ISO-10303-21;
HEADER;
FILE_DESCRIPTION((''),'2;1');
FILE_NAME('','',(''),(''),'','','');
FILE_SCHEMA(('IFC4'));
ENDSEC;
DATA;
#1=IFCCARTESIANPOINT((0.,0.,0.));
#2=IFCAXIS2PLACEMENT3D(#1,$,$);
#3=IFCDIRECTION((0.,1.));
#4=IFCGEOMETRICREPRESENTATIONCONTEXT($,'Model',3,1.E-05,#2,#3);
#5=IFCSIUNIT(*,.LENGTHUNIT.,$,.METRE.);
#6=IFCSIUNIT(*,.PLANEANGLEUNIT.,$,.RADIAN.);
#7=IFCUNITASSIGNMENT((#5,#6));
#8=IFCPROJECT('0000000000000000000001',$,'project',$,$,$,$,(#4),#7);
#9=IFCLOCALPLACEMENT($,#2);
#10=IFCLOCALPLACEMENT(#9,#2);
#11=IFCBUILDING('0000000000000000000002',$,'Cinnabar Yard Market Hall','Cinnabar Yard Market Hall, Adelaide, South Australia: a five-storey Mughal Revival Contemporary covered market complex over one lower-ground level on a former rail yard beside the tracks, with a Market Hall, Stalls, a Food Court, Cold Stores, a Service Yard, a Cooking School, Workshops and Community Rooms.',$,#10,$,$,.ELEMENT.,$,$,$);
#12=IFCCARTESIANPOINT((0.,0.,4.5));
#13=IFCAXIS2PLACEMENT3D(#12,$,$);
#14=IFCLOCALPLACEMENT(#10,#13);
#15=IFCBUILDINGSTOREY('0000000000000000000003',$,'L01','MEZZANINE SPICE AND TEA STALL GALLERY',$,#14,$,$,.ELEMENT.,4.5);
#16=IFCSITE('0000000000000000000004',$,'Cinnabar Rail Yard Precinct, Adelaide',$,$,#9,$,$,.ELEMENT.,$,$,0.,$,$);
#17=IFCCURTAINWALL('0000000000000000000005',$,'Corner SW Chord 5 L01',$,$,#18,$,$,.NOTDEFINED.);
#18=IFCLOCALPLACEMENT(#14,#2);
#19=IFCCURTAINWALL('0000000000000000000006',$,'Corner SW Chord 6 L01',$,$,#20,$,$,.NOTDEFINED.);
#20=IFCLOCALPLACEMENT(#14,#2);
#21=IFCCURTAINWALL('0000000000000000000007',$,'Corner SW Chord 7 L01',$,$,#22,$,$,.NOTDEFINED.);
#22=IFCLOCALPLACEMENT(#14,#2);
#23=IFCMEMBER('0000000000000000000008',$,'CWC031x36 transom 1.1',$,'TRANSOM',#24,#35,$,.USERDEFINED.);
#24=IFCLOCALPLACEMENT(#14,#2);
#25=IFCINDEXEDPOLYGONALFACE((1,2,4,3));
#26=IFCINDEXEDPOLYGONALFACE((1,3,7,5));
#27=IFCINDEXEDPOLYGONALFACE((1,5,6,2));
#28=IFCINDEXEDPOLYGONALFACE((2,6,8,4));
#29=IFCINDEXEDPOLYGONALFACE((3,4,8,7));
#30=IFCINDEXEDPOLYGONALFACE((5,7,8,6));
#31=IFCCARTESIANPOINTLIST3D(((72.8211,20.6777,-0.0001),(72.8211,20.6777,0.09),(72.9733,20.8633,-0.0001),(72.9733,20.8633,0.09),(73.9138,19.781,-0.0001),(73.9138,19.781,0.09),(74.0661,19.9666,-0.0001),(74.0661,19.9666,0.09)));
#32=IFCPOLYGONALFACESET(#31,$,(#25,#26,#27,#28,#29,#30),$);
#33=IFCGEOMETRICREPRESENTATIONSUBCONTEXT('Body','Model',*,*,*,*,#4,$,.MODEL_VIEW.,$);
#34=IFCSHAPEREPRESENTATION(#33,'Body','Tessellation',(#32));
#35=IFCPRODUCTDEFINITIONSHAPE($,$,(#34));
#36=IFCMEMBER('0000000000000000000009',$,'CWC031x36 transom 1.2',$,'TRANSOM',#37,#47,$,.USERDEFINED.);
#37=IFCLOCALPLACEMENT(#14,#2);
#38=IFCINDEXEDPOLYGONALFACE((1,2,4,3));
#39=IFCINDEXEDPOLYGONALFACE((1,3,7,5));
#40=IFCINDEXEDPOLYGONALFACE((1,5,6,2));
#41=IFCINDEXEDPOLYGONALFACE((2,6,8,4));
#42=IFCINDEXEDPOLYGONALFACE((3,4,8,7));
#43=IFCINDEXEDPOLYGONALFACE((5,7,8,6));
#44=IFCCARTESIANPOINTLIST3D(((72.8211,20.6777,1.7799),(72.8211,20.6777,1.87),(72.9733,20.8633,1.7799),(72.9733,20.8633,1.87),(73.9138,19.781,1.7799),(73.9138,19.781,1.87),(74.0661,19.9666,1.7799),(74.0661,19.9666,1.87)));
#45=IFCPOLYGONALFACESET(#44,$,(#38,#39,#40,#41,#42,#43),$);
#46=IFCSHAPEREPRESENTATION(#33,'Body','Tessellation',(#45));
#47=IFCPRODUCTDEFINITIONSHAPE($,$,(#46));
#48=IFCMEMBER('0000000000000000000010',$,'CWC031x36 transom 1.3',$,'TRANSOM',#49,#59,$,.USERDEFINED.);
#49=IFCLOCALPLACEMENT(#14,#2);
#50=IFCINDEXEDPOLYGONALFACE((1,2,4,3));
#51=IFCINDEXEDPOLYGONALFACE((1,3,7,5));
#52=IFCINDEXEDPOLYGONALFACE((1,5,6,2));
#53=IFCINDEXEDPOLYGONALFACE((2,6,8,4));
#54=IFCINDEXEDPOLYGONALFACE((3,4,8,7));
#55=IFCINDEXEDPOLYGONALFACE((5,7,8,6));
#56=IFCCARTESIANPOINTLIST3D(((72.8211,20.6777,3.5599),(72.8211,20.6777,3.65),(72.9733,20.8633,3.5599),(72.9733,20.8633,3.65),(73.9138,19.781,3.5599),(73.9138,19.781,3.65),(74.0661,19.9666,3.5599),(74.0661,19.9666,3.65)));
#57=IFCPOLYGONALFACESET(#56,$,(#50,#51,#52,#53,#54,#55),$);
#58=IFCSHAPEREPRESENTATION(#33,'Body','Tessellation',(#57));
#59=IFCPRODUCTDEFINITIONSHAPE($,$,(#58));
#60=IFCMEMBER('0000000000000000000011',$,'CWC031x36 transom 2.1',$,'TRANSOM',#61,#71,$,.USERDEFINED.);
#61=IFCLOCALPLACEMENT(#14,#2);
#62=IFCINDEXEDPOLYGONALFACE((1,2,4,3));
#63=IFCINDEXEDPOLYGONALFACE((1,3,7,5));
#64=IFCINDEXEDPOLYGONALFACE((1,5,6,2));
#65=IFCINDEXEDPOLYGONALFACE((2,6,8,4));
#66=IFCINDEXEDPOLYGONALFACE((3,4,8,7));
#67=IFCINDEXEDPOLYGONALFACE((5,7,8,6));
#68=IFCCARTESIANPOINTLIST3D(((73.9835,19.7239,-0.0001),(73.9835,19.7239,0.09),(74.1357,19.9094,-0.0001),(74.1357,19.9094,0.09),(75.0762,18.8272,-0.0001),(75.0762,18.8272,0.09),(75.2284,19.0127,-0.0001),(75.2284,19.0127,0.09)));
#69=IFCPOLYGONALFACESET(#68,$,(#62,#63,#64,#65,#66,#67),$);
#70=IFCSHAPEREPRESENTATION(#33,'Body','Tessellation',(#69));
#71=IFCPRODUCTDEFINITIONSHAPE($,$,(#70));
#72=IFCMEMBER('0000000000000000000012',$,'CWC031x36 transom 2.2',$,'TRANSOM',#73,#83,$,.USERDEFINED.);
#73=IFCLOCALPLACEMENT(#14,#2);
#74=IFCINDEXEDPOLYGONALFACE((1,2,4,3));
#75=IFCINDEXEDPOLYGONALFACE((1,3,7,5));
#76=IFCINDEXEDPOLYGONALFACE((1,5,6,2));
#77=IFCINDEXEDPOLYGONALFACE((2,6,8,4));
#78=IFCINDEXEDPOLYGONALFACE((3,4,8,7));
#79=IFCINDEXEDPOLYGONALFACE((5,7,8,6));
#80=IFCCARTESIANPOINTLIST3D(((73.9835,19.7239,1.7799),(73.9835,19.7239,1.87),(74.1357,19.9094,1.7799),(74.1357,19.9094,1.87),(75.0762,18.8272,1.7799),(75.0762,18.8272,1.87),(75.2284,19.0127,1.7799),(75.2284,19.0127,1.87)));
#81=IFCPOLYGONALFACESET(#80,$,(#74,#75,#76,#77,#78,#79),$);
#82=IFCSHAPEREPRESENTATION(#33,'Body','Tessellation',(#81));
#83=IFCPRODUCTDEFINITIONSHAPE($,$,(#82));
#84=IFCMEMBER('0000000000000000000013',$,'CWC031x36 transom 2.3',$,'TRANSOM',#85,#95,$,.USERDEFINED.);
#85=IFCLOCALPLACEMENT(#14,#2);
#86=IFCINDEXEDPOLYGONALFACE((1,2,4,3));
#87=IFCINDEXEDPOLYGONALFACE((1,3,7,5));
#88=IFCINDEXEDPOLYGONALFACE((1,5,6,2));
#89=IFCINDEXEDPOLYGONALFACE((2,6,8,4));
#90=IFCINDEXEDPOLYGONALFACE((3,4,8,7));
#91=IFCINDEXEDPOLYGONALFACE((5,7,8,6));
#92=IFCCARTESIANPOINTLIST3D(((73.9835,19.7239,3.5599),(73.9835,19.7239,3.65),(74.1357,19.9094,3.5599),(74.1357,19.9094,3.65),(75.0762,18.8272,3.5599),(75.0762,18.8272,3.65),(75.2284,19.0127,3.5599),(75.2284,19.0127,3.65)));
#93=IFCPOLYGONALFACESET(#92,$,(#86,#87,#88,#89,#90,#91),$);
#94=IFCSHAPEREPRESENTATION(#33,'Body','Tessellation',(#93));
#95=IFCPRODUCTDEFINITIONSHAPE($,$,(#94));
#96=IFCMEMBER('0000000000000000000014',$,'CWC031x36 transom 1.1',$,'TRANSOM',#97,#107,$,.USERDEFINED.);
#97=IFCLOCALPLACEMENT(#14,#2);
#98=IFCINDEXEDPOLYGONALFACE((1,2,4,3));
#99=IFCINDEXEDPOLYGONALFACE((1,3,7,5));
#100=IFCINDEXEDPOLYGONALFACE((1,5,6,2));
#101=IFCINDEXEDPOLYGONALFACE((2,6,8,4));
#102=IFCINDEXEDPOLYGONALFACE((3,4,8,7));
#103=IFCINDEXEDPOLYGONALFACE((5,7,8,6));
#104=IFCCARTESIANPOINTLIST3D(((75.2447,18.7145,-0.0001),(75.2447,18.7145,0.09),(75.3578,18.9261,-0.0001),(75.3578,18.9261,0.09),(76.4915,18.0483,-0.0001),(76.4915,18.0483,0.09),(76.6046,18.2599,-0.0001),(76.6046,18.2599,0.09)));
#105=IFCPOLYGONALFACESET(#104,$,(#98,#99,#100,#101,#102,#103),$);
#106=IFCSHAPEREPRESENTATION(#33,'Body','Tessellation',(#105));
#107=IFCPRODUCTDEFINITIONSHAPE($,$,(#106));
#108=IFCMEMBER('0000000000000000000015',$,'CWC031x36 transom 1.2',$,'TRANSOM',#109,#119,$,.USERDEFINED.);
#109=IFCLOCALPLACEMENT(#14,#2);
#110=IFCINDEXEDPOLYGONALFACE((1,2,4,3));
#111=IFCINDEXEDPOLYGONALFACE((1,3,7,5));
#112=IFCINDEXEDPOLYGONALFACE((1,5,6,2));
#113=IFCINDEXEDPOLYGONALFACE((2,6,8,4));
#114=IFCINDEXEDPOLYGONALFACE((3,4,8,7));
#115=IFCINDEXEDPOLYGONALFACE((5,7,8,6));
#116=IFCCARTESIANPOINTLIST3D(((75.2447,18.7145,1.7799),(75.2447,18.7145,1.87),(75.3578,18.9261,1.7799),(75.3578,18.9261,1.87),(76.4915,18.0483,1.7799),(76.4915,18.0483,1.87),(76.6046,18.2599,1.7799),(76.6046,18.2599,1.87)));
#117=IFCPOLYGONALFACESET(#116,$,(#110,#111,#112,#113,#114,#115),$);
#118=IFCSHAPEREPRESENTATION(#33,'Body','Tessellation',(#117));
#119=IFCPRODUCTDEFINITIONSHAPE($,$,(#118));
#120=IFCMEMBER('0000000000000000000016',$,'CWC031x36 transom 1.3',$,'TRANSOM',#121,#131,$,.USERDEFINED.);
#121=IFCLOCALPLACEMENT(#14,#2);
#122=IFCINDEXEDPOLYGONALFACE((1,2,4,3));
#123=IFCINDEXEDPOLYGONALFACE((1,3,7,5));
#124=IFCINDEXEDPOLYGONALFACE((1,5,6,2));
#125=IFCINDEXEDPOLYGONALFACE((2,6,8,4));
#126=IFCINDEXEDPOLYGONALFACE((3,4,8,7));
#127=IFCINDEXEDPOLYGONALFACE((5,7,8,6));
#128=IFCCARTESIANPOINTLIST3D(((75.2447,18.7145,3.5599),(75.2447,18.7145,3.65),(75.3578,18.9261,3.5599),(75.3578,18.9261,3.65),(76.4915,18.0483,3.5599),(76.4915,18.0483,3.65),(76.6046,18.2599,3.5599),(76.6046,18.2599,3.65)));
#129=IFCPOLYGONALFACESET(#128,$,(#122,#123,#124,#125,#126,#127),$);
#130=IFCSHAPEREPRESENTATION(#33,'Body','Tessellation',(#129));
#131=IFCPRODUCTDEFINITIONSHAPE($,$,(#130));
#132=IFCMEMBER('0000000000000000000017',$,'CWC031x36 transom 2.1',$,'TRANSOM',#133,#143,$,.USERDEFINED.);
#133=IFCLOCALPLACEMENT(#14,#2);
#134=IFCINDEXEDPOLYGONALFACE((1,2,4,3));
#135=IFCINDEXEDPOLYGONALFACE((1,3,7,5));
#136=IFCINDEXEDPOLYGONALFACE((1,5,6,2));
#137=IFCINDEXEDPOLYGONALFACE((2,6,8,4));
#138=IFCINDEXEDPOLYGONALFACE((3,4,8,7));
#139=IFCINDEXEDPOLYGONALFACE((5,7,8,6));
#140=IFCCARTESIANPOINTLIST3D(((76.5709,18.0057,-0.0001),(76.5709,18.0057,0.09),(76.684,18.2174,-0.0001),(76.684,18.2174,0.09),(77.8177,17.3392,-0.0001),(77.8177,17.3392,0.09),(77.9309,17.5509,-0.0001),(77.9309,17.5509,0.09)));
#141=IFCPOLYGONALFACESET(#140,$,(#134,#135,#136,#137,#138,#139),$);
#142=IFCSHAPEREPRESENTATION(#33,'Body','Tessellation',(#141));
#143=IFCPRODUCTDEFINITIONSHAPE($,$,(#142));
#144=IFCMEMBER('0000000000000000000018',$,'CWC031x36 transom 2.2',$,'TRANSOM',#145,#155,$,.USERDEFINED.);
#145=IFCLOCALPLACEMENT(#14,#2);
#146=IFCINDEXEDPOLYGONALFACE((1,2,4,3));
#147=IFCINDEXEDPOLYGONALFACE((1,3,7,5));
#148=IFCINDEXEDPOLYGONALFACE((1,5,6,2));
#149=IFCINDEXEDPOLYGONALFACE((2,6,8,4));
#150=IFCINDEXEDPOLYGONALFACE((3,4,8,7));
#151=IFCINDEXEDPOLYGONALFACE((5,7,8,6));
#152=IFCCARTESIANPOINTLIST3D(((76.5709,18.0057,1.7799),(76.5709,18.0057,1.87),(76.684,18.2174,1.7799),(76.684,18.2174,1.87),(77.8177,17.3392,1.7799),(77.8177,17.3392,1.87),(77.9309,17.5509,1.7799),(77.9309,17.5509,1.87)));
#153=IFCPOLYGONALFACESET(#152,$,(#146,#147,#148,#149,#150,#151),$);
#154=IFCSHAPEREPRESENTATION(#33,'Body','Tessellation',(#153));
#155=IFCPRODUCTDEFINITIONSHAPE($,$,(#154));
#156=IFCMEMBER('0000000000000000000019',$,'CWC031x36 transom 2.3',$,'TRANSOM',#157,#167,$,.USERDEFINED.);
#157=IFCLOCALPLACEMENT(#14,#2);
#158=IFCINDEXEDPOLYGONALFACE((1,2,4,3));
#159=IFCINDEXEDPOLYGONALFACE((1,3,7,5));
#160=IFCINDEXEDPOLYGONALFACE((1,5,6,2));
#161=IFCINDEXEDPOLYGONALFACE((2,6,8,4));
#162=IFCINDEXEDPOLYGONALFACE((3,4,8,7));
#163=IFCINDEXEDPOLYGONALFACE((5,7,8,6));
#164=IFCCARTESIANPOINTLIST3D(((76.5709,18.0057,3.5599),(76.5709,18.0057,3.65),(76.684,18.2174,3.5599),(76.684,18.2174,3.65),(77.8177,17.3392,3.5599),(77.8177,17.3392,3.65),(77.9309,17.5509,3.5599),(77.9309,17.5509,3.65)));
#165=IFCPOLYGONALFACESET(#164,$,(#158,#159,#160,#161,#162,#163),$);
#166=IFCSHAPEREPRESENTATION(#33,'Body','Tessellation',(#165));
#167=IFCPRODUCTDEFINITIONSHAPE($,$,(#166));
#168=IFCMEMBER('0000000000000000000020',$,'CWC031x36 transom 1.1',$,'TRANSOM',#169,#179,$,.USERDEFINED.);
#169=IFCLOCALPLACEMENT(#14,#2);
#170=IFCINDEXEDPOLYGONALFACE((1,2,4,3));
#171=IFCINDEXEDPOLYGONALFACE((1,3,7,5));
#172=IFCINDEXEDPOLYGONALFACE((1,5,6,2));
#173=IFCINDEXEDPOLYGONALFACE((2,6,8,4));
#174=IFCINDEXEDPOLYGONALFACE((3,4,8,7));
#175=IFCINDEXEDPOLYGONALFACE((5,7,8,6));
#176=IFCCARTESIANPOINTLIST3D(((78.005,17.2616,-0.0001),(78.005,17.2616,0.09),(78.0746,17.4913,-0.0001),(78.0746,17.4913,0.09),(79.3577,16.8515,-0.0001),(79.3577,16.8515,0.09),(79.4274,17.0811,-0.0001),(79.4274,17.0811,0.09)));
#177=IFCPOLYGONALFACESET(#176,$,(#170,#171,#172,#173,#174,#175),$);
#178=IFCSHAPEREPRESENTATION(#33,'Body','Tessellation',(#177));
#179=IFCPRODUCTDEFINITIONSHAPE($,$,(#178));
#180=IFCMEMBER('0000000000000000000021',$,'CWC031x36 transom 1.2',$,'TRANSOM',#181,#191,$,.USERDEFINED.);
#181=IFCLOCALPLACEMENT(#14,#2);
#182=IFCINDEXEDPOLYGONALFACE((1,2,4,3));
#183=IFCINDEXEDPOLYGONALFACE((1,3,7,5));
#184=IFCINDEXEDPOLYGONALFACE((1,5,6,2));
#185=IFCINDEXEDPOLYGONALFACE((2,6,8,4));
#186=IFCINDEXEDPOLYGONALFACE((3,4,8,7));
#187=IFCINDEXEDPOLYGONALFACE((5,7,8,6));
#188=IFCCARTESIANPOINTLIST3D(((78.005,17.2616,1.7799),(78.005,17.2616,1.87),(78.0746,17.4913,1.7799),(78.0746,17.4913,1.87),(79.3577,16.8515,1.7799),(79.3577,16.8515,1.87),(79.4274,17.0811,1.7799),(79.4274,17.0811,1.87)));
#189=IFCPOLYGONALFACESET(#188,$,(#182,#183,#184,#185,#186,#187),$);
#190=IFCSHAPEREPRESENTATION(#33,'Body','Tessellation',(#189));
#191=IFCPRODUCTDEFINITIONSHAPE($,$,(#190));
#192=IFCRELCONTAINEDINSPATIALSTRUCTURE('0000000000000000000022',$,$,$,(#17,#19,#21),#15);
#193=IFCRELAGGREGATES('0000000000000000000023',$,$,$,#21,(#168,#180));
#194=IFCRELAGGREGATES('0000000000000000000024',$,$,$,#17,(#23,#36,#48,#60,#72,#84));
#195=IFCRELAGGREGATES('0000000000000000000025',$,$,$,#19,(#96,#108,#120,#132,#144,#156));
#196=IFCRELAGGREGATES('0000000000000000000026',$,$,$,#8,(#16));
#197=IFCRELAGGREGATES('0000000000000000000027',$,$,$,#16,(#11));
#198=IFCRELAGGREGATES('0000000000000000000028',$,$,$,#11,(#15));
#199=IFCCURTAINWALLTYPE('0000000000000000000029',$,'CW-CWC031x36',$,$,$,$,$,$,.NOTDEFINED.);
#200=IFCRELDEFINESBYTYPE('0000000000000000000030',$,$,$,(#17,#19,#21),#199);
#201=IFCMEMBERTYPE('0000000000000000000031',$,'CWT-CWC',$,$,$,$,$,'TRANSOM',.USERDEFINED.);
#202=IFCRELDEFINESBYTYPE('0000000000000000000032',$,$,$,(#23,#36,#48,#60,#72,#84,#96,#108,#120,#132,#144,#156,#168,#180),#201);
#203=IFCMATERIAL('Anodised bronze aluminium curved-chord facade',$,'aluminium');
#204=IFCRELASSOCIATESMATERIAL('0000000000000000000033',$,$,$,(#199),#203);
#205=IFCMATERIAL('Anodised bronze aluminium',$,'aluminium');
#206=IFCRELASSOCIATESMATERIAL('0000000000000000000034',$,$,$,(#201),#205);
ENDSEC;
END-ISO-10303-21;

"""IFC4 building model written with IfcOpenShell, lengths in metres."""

from ifc_helpers import new_model, si_unit, direction, frame, origin, origin_2d_with_axis, place, context, subcontext, project, spatial, rectangle, extrude, material, material_profile, profile_set, type_object, element, aggregate, save


model = new_model("IFC4")

# Units and contexts
model_context = context("Model", 3, precision=1e-05, world=origin(), true_north=direction((0.0, 1.0)))
body_context = subcontext(model_context, "Body", "Model", "MODEL_VIEW")
ifc_project = project(units=[si_unit("LENGTHUNIT", "METRE"), si_unit("PLANEANGLEUNIT", "RADIAN")], contexts=[model_context])

# Site, building, storey
site_placement = place(None, origin())
site = spatial("IfcSite", under=ifc_project, at=site_placement, Name="Cinnabar Rail Yard Precinct, Adelaide", CompositionType="ELEMENT", RefElevation=0.0)
building_placement = place(site_placement, origin())
building = spatial("IfcBuilding", under=site, at=building_placement, Name="Cinnabar Yard Market Hall", Description="Cinnabar Yard Market Hall, Adelaide, South Australia: a five-storey Mughal Revival Contemporary covered market complex over one lower-ground level on a former rail yard beside the tracks, with a Market Hall, Stalls, a Food Court, Cold Stores, a Service Yard, a Cooking School, Workshops and Community Rooms.", CompositionType="ELEMENT")
storey_placement = place(building_placement, frame((0.0, 0.0, 4.5)))
storey = spatial("IfcBuildingStorey", under=building, at=storey_placement, Name="L01", Description="MEZZANINE SPICE AND TEA STALL GALLERY", CompositionType="ELEMENT", Elevation=4.5)

# Curtain walls
ifc_material_1 = material(Name="Anodised bronze aluminium curved-chord facade", Category="aluminium")
curtain_wall_type = type_object("IfcCurtainWallType", Name="CW-CWC031x36", PredefinedType="NOTDEFINED", material=ifc_material_1)
curtain_wall_1_placement = place(storey_placement, origin())
curtain_wall_1 = element("IfcCurtainWall", 1, at=curtain_wall_1_placement, inside=storey, type_object=curtain_wall_type, Name="Corner SW Chord 5 L01", PredefinedType="NOTDEFINED")
ifc_material_2 = material(Name="Anodised bronze aluminium", Category="aluminium")
curtain_wall_2_placement = place(storey_placement, origin())
curtain_wall_2 = element("IfcCurtainWall", 2, at=curtain_wall_2_placement, inside=storey, type_object=curtain_wall_type, Name="Corner SW Chord 6 L01", PredefinedType="NOTDEFINED")

# Curtain wall
curtain_wall_3_placement = place(storey_placement, origin())
curtain_wall_3 = element("IfcCurtainWall", 3, at=curtain_wall_3_placement, inside=storey, type_object=curtain_wall_type, Name="Corner SW Chord 7 L01", PredefinedType="NOTDEFINED")

# Members
ifc_material_profile_1 = material_profile(ifc_material_2, rectangle(XDim=0.24, YDim=0.0901, at=origin_2d_with_axis()), Name="TRN-CWC")
ifc_profile_set_1 = profile_set([ifc_material_profile_1], Name="Anodised bronze aluminium")
member_type_1 = type_object("IfcMemberType", Name="CWT-CWC", ElementType="TRANSOM", PredefinedType="USERDEFINED", material=ifc_profile_set_1)
member_1_placement = place(storey_placement, frame((72.8972, 20.7705, 0.0449), z_axis=(0.773041, -0.634356, 0.0), x_axis=(0.634356, 0.773041, 0.0)))
member_1 = element("IfcMember", 4, at=member_1_placement, type_object=member_type_1, Name="CWC031x36 transom 1.1", ObjectType="TRANSOM", PredefinedType="USERDEFINED", context=body_context, shape_type="SweptSolid", body=[
    extrude(rectangle(XDim=0.24, YDim=0.0901, at=origin_2d_with_axis()), origin(), (0.0, 0.0, 1.0), 1.4136),
])
member_2_placement = place(storey_placement, frame((72.8972, 20.7705, 1.825), z_axis=(0.773041, -0.634356, 0.0), x_axis=(0.634356, 0.773041, 0.0)))
member_2 = element("IfcMember", 5, at=member_2_placement, type_object=member_type_1, Name="CWC031x36 transom 1.2", ObjectType="TRANSOM", PredefinedType="USERDEFINED", context=body_context, shape_type="SweptSolid", body=[
    extrude(rectangle(XDim=0.24, YDim=0.0901, at=origin_2d_with_axis()), origin(), (0.0, 0.0, 1.0), 1.4136),
])
member_3_placement = place(storey_placement, frame((72.8972, 20.7705, 3.605), z_axis=(0.773041, -0.634356, 0.0), x_axis=(0.634356, 0.773041, 0.0)))
member_3 = element("IfcMember", 6, at=member_3_placement, type_object=member_type_1, Name="CWC031x36 transom 1.3", ObjectType="TRANSOM", PredefinedType="USERDEFINED", context=body_context, shape_type="SweptSolid", body=[
    extrude(rectangle(XDim=0.24, YDim=0.0901, at=origin_2d_with_axis()), origin(), (0.0, 0.0, 1.0), 1.4136),
])
member_4_placement = place(storey_placement, frame((74.0596, 19.8167, 0.0449), z_axis=(0.773041, -0.634356, 0.0), x_axis=(0.634356, 0.773041, 0.0)))
member_4 = element("IfcMember", 7, at=member_4_placement, type_object=member_type_1, Name="CWC031x36 transom 2.1", ObjectType="TRANSOM", PredefinedType="USERDEFINED", context=body_context, shape_type="SweptSolid", body=[
    extrude(rectangle(XDim=0.24, YDim=0.0901, at=origin_2d_with_axis()), origin(), (0.0, 0.0, 1.0), 1.4136),
])
member_5_placement = place(storey_placement, frame((74.0596, 19.8167, 1.825), z_axis=(0.773041, -0.634356, 0.0), x_axis=(0.634356, 0.773041, 0.0)))
member_5 = element("IfcMember", 8, at=member_5_placement, type_object=member_type_1, Name="CWC031x36 transom 2.2", ObjectType="TRANSOM", PredefinedType="USERDEFINED", context=body_context, shape_type="SweptSolid", body=[
    extrude(rectangle(XDim=0.24, YDim=0.0901, at=origin_2d_with_axis()), origin(), (0.0, 0.0, 1.0), 1.4136),
])
member_6_placement = place(storey_placement, frame((74.0596, 19.8167, 3.605), z_axis=(0.773041, -0.634356, 0.0), x_axis=(0.634356, 0.773041, 0.0)))
member_6 = element("IfcMember", 9, at=member_6_placement, type_object=member_type_1, Name="CWC031x36 transom 2.3", ObjectType="TRANSOM", PredefinedType="USERDEFINED", context=body_context, shape_type="SweptSolid", body=[
    extrude(rectangle(XDim=0.24, YDim=0.0901, at=origin_2d_with_axis()), origin(), (0.0, 0.0, 1.0), 1.4136),
])
member_7_placement = place(storey_placement, frame((75.3013, 18.8203, 0.0449), z_axis=(0.881975, -0.471296, 0.0), x_axis=(0.471296, 0.881975, 0.0)))
member_7 = element("IfcMember", 10, at=member_7_placement, type_object=member_type_1, Name="CWC031x36 transom 1.1", ObjectType="TRANSOM", PredefinedType="USERDEFINED", context=body_context, shape_type="SweptSolid", body=[
    extrude(rectangle(XDim=0.24, YDim=0.0901, at=origin_2d_with_axis()), origin(), (0.0, 0.0, 1.0), 1.4136),
])
member_8_placement = place(storey_placement, frame((75.3013, 18.8203, 1.825), z_axis=(0.881975, -0.471296, 0.0), x_axis=(0.471296, 0.881975, 0.0)))
member_8 = element("IfcMember", 11, at=member_8_placement, type_object=member_type_1, Name="CWC031x36 transom 1.2", ObjectType="TRANSOM", PredefinedType="USERDEFINED", context=body_context, shape_type="SweptSolid", body=[
    extrude(rectangle(XDim=0.24, YDim=0.0901, at=origin_2d_with_axis()), origin(), (0.0, 0.0, 1.0), 1.4136),
])
member_9_placement = place(storey_placement, frame((75.3013, 18.8203, 3.605), z_axis=(0.881975, -0.471296, 0.0), x_axis=(0.471296, 0.881975, 0.0)))
member_9 = element("IfcMember", 12, at=member_9_placement, type_object=member_type_1, Name="CWC031x36 transom 1.3", ObjectType="TRANSOM", PredefinedType="USERDEFINED", context=body_context, shape_type="SweptSolid", body=[
    extrude(rectangle(XDim=0.24, YDim=0.0901, at=origin_2d_with_axis()), origin(), (0.0, 0.0, 1.0), 1.4136),
])
member_10_placement = place(storey_placement, frame((76.6274, 18.1116, 0.0449), z_axis=(0.881903, -0.471431, 0.0), x_axis=(0.471431, 0.881903, 0.0)))
member_10 = element("IfcMember", 13, at=member_10_placement, type_object=member_type_1, Name="CWC031x36 transom 2.1", ObjectType="TRANSOM", PredefinedType="USERDEFINED", context=body_context, shape_type="SweptSolid", body=[
    extrude(rectangle(XDim=0.24, YDim=0.0901, at=origin_2d_with_axis()), origin(), (0.0, 0.0, 1.0), 1.4138),
])
member_11_placement = place(storey_placement, frame((76.6274, 18.1116, 1.825), z_axis=(0.881903, -0.471431, 0.0), x_axis=(0.471431, 0.881903, 0.0)))
member_11 = element("IfcMember", 14, at=member_11_placement, type_object=member_type_1, Name="CWC031x36 transom 2.2", ObjectType="TRANSOM", PredefinedType="USERDEFINED", context=body_context, shape_type="SweptSolid", body=[
    extrude(rectangle(XDim=0.24, YDim=0.0901, at=origin_2d_with_axis()), origin(), (0.0, 0.0, 1.0), 1.4138),
])
member_12_placement = place(storey_placement, frame((76.6274, 18.1116, 3.605), z_axis=(0.881903, -0.471431, 0.0), x_axis=(0.471431, 0.881903, 0.0)))
member_12 = element("IfcMember", 15, at=member_12_placement, type_object=member_type_1, Name="CWC031x36 transom 2.3", ObjectType="TRANSOM", PredefinedType="USERDEFINED", context=body_context, shape_type="SweptSolid", body=[
    extrude(rectangle(XDim=0.24, YDim=0.0901, at=origin_2d_with_axis()), origin(), (0.0, 0.0, 1.0), 1.4138),
])
member_13_placement = place(storey_placement, frame((78.0398, 17.3765, 0.0449), z_axis=(0.956981, -0.290151, 0.0), x_axis=(0.290151, 0.956981, 0.0)))
member_13 = element("IfcMember", 16, at=member_13_placement, type_object=member_type_1, Name="CWC031x36 transom 1.1", ObjectType="TRANSOM", PredefinedType="USERDEFINED", context=body_context, shape_type="SweptSolid", body=[
    extrude(rectangle(XDim=0.24, YDim=0.0901, at=origin_2d_with_axis()), origin(), (0.0, 0.0, 1.0), 1.4136),
])
member_14_placement = place(storey_placement, frame((78.0398, 17.3765, 1.825), z_axis=(0.956981, -0.290151, 0.0), x_axis=(0.290151, 0.956981, 0.0)))
member_14 = element("IfcMember", 17, at=member_14_placement, type_object=member_type_1, Name="CWC031x36 transom 1.2", ObjectType="TRANSOM", PredefinedType="USERDEFINED", context=body_context, shape_type="SweptSolid", body=[
    extrude(rectangle(XDim=0.24, YDim=0.0901, at=origin_2d_with_axis()), origin(), (0.0, 0.0, 1.0), 1.4136),
])
aggregate(curtain_wall_3, [member_13, member_14])

aggregate(curtain_wall_1, [member_1, member_2, member_3, member_4, member_5, member_6])
aggregate(curtain_wall_2, [member_7, member_8, member_9, member_10, member_11, member_12])

save(model, "model.ifc")
